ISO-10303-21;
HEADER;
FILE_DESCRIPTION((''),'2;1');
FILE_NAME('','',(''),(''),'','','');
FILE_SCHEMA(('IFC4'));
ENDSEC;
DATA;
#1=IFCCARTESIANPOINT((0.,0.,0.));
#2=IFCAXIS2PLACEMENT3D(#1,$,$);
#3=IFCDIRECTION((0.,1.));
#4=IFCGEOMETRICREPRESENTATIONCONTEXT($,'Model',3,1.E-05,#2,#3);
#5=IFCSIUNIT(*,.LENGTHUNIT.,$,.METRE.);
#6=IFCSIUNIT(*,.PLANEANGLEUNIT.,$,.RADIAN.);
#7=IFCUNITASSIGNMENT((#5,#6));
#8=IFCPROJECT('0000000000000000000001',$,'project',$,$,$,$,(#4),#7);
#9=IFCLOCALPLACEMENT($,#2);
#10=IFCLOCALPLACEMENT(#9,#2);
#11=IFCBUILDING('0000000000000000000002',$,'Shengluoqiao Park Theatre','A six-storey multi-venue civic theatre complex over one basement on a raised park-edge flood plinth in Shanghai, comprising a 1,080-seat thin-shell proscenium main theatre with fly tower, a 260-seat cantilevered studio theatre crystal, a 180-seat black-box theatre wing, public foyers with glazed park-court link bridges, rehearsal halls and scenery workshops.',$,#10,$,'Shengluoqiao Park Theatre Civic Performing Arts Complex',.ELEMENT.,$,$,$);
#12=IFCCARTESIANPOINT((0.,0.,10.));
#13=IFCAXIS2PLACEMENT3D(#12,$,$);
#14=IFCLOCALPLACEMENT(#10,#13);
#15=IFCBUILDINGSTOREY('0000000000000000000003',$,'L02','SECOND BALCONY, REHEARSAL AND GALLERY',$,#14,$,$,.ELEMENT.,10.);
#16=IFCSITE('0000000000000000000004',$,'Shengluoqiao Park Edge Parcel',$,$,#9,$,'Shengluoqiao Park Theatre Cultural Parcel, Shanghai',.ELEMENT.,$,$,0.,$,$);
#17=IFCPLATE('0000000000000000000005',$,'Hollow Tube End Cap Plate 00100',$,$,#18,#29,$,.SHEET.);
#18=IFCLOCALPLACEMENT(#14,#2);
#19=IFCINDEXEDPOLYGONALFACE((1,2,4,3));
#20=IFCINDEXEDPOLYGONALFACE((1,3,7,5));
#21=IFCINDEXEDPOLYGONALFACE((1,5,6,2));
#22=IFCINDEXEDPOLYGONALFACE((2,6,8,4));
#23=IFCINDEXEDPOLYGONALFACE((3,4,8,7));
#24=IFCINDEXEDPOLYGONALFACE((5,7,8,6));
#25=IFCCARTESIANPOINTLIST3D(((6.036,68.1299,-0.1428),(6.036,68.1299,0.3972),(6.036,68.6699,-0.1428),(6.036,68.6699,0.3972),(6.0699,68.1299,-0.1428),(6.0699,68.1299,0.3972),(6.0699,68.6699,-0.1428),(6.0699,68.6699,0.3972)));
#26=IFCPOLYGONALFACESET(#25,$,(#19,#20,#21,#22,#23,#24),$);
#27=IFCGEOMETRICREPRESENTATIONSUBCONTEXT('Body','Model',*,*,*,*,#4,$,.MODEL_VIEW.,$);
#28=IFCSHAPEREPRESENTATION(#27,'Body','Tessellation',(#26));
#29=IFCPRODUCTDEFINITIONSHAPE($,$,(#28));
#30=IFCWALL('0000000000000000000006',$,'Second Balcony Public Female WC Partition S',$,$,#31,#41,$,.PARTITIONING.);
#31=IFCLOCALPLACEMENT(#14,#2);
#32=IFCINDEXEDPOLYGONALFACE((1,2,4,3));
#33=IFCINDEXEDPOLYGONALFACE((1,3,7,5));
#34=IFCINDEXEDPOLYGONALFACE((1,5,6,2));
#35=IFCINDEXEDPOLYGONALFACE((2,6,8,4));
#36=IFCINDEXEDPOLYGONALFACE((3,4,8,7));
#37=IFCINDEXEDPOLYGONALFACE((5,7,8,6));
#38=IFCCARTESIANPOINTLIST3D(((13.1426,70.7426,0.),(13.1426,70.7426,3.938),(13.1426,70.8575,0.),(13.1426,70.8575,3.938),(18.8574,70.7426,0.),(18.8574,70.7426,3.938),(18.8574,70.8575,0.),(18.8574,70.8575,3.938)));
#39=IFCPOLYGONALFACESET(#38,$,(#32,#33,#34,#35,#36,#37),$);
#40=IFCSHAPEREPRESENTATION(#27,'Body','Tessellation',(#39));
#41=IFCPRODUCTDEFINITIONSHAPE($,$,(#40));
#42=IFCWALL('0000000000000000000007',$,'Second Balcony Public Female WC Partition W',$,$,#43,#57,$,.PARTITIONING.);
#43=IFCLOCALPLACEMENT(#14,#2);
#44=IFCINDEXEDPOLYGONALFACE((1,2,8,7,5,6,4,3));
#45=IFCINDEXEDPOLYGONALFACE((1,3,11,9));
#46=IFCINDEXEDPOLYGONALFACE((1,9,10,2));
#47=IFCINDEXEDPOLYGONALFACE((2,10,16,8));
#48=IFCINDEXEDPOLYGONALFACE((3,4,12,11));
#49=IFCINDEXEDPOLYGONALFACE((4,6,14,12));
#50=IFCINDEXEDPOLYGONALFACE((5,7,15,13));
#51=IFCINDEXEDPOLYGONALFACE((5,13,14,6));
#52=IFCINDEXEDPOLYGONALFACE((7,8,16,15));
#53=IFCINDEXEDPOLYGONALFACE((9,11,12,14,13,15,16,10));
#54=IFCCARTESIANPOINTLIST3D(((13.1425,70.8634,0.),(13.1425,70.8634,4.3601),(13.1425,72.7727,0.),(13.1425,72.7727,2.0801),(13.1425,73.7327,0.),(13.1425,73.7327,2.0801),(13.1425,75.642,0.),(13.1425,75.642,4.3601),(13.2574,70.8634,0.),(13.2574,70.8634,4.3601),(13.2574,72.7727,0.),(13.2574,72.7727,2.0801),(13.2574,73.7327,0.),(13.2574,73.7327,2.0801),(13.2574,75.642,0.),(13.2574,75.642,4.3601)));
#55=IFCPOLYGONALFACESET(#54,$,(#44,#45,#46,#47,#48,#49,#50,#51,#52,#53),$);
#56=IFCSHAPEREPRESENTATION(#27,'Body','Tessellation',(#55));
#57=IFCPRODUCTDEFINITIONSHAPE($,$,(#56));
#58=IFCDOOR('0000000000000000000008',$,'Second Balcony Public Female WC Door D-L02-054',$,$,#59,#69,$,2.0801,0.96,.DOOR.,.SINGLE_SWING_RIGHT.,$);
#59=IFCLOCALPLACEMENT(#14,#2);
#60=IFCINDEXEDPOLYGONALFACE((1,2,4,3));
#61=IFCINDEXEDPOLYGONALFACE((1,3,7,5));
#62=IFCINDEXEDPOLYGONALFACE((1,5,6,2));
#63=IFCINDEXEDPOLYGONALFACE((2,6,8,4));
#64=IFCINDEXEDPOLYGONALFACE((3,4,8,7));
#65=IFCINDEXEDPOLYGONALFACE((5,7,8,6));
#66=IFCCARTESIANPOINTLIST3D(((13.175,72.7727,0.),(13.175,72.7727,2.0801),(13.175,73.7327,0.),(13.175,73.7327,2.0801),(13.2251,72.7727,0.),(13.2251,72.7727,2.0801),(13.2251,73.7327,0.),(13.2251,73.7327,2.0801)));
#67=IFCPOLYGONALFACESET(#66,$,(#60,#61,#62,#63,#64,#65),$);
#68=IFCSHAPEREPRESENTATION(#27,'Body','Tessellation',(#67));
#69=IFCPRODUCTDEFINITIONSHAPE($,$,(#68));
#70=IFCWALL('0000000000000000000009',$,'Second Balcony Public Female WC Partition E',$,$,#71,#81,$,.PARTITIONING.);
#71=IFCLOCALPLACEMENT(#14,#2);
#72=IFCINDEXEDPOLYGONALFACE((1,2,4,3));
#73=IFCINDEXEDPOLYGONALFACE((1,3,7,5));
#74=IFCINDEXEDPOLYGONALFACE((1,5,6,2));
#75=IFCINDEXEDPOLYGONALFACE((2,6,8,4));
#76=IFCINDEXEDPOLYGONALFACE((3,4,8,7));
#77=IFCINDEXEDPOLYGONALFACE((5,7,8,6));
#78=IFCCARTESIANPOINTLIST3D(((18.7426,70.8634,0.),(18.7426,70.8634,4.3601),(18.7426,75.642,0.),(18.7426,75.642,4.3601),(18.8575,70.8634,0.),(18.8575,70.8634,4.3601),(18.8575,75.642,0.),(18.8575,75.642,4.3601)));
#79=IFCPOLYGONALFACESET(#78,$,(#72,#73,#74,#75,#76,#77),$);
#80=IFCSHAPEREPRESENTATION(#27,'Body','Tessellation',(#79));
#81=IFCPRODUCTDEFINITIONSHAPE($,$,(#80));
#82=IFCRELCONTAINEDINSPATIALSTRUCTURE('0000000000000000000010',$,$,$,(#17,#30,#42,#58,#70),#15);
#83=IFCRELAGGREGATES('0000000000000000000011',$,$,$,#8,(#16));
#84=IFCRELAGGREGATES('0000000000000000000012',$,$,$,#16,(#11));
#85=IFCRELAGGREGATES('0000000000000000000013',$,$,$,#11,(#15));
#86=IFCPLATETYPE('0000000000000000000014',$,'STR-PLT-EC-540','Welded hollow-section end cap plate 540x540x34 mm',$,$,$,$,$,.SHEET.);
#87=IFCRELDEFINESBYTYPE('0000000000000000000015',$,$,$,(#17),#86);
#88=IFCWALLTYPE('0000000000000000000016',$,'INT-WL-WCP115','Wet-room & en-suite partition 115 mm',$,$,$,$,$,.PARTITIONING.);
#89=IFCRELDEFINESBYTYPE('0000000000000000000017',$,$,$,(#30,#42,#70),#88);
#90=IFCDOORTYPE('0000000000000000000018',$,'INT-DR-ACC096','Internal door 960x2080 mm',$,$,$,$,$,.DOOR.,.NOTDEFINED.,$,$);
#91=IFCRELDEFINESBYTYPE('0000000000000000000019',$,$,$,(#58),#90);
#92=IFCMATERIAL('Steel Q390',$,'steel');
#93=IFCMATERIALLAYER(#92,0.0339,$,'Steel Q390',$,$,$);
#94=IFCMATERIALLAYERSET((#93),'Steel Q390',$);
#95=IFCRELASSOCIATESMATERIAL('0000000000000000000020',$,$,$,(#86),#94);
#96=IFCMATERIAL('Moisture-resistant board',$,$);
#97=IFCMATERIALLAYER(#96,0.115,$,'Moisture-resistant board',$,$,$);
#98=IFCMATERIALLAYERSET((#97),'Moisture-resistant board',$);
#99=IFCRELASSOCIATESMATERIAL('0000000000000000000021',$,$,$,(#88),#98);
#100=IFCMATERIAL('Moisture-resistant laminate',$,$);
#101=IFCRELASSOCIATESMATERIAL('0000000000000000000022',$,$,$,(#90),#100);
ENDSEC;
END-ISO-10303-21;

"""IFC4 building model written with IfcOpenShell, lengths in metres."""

from ifc_helpers import new_model, si_unit, direction, frame, frame_2d, origin, origin_2d, place, context, subcontext, project, spatial, rectangle, extrude, material, layer, layer_set, type_object, element, fill, save


model = new_model("IFC4")

# Units and contexts
model_context = context("Model", 3, precision=1e-05, world=origin(), true_north=direction((0.0, 1.0)))
body_context = subcontext(model_context, "Body", "Model", "MODEL_VIEW")
ifc_project = project(units=[si_unit("LENGTHUNIT", "METRE"), si_unit("PLANEANGLEUNIT", "RADIAN")], contexts=[model_context])

# Site, building, storey
site_placement = place(None, origin())
site = spatial("IfcSite", under=ifc_project, at=site_placement, Name="Shengluoqiao Park Edge Parcel", LongName="Shengluoqiao Park Theatre Cultural Parcel, Shanghai", CompositionType="ELEMENT", RefElevation=0.0)
building_placement = place(site_placement, origin())
building = spatial("IfcBuilding", under=site, at=building_placement, Name="Shengluoqiao Park Theatre", Description="A six-storey multi-venue civic theatre complex over one basement on a raised park-edge flood plinth in Shanghai, comprising a 1,080-seat thin-shell proscenium main theatre with fly tower, a 260-seat cantilevered studio theatre crystal, a 180-seat black-box theatre wing, public foyers with glazed park-court link bridges, rehearsal halls and scenery workshops.", LongName="Shengluoqiao Park Theatre Civic Performing Arts Complex", CompositionType="ELEMENT")
storey_placement = place(building_placement, frame((0.0, 0.0, 10.0)))
storey = spatial("IfcBuildingStorey", under=building, at=storey_placement, Name="L02", Description="SECOND BALCONY, REHEARSAL AND GALLERY", CompositionType="ELEMENT", Elevation=10.0)

# Shared definitions
ifc_material_1 = material(Name="Steel Q390", Category="steel")

# Plate
ifc_layer_1 = layer(ifc_material_1, 0.0339, Name="Steel Q390")
ifc_layer_set_1 = layer_set([ifc_layer_1], Name="Steel Q390")
plate_type = type_object("IfcPlateType", Name="STR-PLT-EC-540", Description="Welded hollow-section end cap plate 540x540x34 mm", PredefinedType="SHEET", material=ifc_layer_set_1)
plate_placement = place(storey_placement, frame((6.053, 68.3999, -0.1428), z_axis=(0.0, 0.0, 1.0), x_axis=(-1.0, 0.0, 0.0)))
element("IfcPlate", 1, at=plate_placement, inside=storey, type_object=plate_type, Name="Hollow Tube End Cap Plate 00100", PredefinedType="SHEET", context=body_context, shape_type="SweptSolid", body=[
    extrude(rectangle(XDim=0.0339, YDim=0.54, at=origin_2d()), origin(), (0.0, 0.0, 1.0), 0.54),
])

# Wall
ifc_material_2 = material(Name="Moisture-resistant board")
ifc_layer_2 = layer(ifc_material_2, 0.115, Name="Moisture-resistant board")
ifc_layer_set_2 = layer_set([ifc_layer_2], Name="Moisture-resistant board")
wall_type = type_object("IfcWallType", Name="INT-WL-WCP115", Description="Wet-room & en-suite partition 115 mm", PredefinedType="PARTITIONING", material=ifc_layer_set_2)
wall_1_placement = place(storey_placement, frame((13.1426, 70.8, 0.0), z_axis=(0.0, 0.0, 1.0), x_axis=(1.0, 0.0, 0.0)))
element("IfcWall", 2, at=wall_1_placement, inside=storey, type_object=wall_type, Name="Second Balcony Public Female WC Partition S", PredefinedType="PARTITIONING", context=body_context, shape_type="SweptSolid", body=[
    extrude(rectangle(XDim=5.7148, YDim=0.115, at=frame_2d((2.8574, 0.0))), origin(), (0.0, 0.0, 1.0), 3.938),
])

# Wall, opening, door
wall_2_placement = place(storey_placement, frame((13.2, 70.8635, 0.0), z_axis=(0.0, 0.0, 1.0), x_axis=(0.0, 1.0, 0.0)))
wall_2 = element("IfcWall", 3, at=wall_2_placement, inside=storey, type_object=wall_type, Name="Second Balcony Public Female WC Partition W", PredefinedType="PARTITIONING", context=body_context, shape_type="SweptSolid", body=[
    extrude(rectangle(XDim=4.7786, YDim=0.115, at=frame_2d((2.3892, 0.0))), origin(), (0.0, 0.0, 1.0), 4.3601),
])
opening_placement = place(wall_2_placement, frame((1.9092, 0.0, 0.0)))
opening = element("IfcOpeningElement", 4, at=opening_placement, cuts=wall_2, PredefinedType="OPENING", context=body_context, shape_type="SweptSolid", body=[
    extrude(rectangle(XDim=0.96, YDim=2.0801, at=frame_2d((0.48, 1.04))), frame((0.0, 0.0674, 0.0), z_axis=(0.0, -1.0, 0.0), x_axis=(1.0, 0.0, 0.0)), (0.0, 0.0, 1.0), 0.135),
])
ifc_material_3 = material(Name="Moisture-resistant laminate")
door_type = type_object("IfcDoorType", Name="INT-DR-ACC096", Description="Internal door 960x2080 mm", OperationType="NOTDEFINED", PredefinedType="DOOR", material=ifc_material_3)
door_placement = place(opening_placement, origin())
door = element("IfcDoor", 5, at=door_placement, inside=storey, type_object=door_type, Name="Second Balcony Public Female WC Door D-L02-054", OperationType="SINGLE_SWING_RIGHT", OverallHeight=2.0801, OverallWidth=0.96, PredefinedType="DOOR", context=body_context, shape_type="SweptSolid", body=[
    extrude(rectangle(XDim=0.96, YDim=2.0801, at=frame_2d((0.48, 1.04))), frame((0.0, 0.0249, 0.0), z_axis=(0.0, -1.0, 0.0), x_axis=(1.0, 0.0, 0.0)), (0.0, 0.0, 1.0), 0.05),
])
fill(opening, door)

# Wall
wall_3_placement = place(storey_placement, frame((18.8, 70.8635, 0.0), z_axis=(0.0, 0.0, 1.0), x_axis=(0.0, 1.0, 0.0)))
element("IfcWall", 6, at=wall_3_placement, inside=storey, type_object=wall_type, Name="Second Balcony Public Female WC Partition E", PredefinedType="PARTITIONING", context=body_context, shape_type="SweptSolid", body=[
    extrude(rectangle(XDim=4.7786, YDim=0.115, at=frame_2d((2.3892, 0.0))), origin(), (0.0, 0.0, 1.0), 4.3601),
])

save(model, "model.ifc")
